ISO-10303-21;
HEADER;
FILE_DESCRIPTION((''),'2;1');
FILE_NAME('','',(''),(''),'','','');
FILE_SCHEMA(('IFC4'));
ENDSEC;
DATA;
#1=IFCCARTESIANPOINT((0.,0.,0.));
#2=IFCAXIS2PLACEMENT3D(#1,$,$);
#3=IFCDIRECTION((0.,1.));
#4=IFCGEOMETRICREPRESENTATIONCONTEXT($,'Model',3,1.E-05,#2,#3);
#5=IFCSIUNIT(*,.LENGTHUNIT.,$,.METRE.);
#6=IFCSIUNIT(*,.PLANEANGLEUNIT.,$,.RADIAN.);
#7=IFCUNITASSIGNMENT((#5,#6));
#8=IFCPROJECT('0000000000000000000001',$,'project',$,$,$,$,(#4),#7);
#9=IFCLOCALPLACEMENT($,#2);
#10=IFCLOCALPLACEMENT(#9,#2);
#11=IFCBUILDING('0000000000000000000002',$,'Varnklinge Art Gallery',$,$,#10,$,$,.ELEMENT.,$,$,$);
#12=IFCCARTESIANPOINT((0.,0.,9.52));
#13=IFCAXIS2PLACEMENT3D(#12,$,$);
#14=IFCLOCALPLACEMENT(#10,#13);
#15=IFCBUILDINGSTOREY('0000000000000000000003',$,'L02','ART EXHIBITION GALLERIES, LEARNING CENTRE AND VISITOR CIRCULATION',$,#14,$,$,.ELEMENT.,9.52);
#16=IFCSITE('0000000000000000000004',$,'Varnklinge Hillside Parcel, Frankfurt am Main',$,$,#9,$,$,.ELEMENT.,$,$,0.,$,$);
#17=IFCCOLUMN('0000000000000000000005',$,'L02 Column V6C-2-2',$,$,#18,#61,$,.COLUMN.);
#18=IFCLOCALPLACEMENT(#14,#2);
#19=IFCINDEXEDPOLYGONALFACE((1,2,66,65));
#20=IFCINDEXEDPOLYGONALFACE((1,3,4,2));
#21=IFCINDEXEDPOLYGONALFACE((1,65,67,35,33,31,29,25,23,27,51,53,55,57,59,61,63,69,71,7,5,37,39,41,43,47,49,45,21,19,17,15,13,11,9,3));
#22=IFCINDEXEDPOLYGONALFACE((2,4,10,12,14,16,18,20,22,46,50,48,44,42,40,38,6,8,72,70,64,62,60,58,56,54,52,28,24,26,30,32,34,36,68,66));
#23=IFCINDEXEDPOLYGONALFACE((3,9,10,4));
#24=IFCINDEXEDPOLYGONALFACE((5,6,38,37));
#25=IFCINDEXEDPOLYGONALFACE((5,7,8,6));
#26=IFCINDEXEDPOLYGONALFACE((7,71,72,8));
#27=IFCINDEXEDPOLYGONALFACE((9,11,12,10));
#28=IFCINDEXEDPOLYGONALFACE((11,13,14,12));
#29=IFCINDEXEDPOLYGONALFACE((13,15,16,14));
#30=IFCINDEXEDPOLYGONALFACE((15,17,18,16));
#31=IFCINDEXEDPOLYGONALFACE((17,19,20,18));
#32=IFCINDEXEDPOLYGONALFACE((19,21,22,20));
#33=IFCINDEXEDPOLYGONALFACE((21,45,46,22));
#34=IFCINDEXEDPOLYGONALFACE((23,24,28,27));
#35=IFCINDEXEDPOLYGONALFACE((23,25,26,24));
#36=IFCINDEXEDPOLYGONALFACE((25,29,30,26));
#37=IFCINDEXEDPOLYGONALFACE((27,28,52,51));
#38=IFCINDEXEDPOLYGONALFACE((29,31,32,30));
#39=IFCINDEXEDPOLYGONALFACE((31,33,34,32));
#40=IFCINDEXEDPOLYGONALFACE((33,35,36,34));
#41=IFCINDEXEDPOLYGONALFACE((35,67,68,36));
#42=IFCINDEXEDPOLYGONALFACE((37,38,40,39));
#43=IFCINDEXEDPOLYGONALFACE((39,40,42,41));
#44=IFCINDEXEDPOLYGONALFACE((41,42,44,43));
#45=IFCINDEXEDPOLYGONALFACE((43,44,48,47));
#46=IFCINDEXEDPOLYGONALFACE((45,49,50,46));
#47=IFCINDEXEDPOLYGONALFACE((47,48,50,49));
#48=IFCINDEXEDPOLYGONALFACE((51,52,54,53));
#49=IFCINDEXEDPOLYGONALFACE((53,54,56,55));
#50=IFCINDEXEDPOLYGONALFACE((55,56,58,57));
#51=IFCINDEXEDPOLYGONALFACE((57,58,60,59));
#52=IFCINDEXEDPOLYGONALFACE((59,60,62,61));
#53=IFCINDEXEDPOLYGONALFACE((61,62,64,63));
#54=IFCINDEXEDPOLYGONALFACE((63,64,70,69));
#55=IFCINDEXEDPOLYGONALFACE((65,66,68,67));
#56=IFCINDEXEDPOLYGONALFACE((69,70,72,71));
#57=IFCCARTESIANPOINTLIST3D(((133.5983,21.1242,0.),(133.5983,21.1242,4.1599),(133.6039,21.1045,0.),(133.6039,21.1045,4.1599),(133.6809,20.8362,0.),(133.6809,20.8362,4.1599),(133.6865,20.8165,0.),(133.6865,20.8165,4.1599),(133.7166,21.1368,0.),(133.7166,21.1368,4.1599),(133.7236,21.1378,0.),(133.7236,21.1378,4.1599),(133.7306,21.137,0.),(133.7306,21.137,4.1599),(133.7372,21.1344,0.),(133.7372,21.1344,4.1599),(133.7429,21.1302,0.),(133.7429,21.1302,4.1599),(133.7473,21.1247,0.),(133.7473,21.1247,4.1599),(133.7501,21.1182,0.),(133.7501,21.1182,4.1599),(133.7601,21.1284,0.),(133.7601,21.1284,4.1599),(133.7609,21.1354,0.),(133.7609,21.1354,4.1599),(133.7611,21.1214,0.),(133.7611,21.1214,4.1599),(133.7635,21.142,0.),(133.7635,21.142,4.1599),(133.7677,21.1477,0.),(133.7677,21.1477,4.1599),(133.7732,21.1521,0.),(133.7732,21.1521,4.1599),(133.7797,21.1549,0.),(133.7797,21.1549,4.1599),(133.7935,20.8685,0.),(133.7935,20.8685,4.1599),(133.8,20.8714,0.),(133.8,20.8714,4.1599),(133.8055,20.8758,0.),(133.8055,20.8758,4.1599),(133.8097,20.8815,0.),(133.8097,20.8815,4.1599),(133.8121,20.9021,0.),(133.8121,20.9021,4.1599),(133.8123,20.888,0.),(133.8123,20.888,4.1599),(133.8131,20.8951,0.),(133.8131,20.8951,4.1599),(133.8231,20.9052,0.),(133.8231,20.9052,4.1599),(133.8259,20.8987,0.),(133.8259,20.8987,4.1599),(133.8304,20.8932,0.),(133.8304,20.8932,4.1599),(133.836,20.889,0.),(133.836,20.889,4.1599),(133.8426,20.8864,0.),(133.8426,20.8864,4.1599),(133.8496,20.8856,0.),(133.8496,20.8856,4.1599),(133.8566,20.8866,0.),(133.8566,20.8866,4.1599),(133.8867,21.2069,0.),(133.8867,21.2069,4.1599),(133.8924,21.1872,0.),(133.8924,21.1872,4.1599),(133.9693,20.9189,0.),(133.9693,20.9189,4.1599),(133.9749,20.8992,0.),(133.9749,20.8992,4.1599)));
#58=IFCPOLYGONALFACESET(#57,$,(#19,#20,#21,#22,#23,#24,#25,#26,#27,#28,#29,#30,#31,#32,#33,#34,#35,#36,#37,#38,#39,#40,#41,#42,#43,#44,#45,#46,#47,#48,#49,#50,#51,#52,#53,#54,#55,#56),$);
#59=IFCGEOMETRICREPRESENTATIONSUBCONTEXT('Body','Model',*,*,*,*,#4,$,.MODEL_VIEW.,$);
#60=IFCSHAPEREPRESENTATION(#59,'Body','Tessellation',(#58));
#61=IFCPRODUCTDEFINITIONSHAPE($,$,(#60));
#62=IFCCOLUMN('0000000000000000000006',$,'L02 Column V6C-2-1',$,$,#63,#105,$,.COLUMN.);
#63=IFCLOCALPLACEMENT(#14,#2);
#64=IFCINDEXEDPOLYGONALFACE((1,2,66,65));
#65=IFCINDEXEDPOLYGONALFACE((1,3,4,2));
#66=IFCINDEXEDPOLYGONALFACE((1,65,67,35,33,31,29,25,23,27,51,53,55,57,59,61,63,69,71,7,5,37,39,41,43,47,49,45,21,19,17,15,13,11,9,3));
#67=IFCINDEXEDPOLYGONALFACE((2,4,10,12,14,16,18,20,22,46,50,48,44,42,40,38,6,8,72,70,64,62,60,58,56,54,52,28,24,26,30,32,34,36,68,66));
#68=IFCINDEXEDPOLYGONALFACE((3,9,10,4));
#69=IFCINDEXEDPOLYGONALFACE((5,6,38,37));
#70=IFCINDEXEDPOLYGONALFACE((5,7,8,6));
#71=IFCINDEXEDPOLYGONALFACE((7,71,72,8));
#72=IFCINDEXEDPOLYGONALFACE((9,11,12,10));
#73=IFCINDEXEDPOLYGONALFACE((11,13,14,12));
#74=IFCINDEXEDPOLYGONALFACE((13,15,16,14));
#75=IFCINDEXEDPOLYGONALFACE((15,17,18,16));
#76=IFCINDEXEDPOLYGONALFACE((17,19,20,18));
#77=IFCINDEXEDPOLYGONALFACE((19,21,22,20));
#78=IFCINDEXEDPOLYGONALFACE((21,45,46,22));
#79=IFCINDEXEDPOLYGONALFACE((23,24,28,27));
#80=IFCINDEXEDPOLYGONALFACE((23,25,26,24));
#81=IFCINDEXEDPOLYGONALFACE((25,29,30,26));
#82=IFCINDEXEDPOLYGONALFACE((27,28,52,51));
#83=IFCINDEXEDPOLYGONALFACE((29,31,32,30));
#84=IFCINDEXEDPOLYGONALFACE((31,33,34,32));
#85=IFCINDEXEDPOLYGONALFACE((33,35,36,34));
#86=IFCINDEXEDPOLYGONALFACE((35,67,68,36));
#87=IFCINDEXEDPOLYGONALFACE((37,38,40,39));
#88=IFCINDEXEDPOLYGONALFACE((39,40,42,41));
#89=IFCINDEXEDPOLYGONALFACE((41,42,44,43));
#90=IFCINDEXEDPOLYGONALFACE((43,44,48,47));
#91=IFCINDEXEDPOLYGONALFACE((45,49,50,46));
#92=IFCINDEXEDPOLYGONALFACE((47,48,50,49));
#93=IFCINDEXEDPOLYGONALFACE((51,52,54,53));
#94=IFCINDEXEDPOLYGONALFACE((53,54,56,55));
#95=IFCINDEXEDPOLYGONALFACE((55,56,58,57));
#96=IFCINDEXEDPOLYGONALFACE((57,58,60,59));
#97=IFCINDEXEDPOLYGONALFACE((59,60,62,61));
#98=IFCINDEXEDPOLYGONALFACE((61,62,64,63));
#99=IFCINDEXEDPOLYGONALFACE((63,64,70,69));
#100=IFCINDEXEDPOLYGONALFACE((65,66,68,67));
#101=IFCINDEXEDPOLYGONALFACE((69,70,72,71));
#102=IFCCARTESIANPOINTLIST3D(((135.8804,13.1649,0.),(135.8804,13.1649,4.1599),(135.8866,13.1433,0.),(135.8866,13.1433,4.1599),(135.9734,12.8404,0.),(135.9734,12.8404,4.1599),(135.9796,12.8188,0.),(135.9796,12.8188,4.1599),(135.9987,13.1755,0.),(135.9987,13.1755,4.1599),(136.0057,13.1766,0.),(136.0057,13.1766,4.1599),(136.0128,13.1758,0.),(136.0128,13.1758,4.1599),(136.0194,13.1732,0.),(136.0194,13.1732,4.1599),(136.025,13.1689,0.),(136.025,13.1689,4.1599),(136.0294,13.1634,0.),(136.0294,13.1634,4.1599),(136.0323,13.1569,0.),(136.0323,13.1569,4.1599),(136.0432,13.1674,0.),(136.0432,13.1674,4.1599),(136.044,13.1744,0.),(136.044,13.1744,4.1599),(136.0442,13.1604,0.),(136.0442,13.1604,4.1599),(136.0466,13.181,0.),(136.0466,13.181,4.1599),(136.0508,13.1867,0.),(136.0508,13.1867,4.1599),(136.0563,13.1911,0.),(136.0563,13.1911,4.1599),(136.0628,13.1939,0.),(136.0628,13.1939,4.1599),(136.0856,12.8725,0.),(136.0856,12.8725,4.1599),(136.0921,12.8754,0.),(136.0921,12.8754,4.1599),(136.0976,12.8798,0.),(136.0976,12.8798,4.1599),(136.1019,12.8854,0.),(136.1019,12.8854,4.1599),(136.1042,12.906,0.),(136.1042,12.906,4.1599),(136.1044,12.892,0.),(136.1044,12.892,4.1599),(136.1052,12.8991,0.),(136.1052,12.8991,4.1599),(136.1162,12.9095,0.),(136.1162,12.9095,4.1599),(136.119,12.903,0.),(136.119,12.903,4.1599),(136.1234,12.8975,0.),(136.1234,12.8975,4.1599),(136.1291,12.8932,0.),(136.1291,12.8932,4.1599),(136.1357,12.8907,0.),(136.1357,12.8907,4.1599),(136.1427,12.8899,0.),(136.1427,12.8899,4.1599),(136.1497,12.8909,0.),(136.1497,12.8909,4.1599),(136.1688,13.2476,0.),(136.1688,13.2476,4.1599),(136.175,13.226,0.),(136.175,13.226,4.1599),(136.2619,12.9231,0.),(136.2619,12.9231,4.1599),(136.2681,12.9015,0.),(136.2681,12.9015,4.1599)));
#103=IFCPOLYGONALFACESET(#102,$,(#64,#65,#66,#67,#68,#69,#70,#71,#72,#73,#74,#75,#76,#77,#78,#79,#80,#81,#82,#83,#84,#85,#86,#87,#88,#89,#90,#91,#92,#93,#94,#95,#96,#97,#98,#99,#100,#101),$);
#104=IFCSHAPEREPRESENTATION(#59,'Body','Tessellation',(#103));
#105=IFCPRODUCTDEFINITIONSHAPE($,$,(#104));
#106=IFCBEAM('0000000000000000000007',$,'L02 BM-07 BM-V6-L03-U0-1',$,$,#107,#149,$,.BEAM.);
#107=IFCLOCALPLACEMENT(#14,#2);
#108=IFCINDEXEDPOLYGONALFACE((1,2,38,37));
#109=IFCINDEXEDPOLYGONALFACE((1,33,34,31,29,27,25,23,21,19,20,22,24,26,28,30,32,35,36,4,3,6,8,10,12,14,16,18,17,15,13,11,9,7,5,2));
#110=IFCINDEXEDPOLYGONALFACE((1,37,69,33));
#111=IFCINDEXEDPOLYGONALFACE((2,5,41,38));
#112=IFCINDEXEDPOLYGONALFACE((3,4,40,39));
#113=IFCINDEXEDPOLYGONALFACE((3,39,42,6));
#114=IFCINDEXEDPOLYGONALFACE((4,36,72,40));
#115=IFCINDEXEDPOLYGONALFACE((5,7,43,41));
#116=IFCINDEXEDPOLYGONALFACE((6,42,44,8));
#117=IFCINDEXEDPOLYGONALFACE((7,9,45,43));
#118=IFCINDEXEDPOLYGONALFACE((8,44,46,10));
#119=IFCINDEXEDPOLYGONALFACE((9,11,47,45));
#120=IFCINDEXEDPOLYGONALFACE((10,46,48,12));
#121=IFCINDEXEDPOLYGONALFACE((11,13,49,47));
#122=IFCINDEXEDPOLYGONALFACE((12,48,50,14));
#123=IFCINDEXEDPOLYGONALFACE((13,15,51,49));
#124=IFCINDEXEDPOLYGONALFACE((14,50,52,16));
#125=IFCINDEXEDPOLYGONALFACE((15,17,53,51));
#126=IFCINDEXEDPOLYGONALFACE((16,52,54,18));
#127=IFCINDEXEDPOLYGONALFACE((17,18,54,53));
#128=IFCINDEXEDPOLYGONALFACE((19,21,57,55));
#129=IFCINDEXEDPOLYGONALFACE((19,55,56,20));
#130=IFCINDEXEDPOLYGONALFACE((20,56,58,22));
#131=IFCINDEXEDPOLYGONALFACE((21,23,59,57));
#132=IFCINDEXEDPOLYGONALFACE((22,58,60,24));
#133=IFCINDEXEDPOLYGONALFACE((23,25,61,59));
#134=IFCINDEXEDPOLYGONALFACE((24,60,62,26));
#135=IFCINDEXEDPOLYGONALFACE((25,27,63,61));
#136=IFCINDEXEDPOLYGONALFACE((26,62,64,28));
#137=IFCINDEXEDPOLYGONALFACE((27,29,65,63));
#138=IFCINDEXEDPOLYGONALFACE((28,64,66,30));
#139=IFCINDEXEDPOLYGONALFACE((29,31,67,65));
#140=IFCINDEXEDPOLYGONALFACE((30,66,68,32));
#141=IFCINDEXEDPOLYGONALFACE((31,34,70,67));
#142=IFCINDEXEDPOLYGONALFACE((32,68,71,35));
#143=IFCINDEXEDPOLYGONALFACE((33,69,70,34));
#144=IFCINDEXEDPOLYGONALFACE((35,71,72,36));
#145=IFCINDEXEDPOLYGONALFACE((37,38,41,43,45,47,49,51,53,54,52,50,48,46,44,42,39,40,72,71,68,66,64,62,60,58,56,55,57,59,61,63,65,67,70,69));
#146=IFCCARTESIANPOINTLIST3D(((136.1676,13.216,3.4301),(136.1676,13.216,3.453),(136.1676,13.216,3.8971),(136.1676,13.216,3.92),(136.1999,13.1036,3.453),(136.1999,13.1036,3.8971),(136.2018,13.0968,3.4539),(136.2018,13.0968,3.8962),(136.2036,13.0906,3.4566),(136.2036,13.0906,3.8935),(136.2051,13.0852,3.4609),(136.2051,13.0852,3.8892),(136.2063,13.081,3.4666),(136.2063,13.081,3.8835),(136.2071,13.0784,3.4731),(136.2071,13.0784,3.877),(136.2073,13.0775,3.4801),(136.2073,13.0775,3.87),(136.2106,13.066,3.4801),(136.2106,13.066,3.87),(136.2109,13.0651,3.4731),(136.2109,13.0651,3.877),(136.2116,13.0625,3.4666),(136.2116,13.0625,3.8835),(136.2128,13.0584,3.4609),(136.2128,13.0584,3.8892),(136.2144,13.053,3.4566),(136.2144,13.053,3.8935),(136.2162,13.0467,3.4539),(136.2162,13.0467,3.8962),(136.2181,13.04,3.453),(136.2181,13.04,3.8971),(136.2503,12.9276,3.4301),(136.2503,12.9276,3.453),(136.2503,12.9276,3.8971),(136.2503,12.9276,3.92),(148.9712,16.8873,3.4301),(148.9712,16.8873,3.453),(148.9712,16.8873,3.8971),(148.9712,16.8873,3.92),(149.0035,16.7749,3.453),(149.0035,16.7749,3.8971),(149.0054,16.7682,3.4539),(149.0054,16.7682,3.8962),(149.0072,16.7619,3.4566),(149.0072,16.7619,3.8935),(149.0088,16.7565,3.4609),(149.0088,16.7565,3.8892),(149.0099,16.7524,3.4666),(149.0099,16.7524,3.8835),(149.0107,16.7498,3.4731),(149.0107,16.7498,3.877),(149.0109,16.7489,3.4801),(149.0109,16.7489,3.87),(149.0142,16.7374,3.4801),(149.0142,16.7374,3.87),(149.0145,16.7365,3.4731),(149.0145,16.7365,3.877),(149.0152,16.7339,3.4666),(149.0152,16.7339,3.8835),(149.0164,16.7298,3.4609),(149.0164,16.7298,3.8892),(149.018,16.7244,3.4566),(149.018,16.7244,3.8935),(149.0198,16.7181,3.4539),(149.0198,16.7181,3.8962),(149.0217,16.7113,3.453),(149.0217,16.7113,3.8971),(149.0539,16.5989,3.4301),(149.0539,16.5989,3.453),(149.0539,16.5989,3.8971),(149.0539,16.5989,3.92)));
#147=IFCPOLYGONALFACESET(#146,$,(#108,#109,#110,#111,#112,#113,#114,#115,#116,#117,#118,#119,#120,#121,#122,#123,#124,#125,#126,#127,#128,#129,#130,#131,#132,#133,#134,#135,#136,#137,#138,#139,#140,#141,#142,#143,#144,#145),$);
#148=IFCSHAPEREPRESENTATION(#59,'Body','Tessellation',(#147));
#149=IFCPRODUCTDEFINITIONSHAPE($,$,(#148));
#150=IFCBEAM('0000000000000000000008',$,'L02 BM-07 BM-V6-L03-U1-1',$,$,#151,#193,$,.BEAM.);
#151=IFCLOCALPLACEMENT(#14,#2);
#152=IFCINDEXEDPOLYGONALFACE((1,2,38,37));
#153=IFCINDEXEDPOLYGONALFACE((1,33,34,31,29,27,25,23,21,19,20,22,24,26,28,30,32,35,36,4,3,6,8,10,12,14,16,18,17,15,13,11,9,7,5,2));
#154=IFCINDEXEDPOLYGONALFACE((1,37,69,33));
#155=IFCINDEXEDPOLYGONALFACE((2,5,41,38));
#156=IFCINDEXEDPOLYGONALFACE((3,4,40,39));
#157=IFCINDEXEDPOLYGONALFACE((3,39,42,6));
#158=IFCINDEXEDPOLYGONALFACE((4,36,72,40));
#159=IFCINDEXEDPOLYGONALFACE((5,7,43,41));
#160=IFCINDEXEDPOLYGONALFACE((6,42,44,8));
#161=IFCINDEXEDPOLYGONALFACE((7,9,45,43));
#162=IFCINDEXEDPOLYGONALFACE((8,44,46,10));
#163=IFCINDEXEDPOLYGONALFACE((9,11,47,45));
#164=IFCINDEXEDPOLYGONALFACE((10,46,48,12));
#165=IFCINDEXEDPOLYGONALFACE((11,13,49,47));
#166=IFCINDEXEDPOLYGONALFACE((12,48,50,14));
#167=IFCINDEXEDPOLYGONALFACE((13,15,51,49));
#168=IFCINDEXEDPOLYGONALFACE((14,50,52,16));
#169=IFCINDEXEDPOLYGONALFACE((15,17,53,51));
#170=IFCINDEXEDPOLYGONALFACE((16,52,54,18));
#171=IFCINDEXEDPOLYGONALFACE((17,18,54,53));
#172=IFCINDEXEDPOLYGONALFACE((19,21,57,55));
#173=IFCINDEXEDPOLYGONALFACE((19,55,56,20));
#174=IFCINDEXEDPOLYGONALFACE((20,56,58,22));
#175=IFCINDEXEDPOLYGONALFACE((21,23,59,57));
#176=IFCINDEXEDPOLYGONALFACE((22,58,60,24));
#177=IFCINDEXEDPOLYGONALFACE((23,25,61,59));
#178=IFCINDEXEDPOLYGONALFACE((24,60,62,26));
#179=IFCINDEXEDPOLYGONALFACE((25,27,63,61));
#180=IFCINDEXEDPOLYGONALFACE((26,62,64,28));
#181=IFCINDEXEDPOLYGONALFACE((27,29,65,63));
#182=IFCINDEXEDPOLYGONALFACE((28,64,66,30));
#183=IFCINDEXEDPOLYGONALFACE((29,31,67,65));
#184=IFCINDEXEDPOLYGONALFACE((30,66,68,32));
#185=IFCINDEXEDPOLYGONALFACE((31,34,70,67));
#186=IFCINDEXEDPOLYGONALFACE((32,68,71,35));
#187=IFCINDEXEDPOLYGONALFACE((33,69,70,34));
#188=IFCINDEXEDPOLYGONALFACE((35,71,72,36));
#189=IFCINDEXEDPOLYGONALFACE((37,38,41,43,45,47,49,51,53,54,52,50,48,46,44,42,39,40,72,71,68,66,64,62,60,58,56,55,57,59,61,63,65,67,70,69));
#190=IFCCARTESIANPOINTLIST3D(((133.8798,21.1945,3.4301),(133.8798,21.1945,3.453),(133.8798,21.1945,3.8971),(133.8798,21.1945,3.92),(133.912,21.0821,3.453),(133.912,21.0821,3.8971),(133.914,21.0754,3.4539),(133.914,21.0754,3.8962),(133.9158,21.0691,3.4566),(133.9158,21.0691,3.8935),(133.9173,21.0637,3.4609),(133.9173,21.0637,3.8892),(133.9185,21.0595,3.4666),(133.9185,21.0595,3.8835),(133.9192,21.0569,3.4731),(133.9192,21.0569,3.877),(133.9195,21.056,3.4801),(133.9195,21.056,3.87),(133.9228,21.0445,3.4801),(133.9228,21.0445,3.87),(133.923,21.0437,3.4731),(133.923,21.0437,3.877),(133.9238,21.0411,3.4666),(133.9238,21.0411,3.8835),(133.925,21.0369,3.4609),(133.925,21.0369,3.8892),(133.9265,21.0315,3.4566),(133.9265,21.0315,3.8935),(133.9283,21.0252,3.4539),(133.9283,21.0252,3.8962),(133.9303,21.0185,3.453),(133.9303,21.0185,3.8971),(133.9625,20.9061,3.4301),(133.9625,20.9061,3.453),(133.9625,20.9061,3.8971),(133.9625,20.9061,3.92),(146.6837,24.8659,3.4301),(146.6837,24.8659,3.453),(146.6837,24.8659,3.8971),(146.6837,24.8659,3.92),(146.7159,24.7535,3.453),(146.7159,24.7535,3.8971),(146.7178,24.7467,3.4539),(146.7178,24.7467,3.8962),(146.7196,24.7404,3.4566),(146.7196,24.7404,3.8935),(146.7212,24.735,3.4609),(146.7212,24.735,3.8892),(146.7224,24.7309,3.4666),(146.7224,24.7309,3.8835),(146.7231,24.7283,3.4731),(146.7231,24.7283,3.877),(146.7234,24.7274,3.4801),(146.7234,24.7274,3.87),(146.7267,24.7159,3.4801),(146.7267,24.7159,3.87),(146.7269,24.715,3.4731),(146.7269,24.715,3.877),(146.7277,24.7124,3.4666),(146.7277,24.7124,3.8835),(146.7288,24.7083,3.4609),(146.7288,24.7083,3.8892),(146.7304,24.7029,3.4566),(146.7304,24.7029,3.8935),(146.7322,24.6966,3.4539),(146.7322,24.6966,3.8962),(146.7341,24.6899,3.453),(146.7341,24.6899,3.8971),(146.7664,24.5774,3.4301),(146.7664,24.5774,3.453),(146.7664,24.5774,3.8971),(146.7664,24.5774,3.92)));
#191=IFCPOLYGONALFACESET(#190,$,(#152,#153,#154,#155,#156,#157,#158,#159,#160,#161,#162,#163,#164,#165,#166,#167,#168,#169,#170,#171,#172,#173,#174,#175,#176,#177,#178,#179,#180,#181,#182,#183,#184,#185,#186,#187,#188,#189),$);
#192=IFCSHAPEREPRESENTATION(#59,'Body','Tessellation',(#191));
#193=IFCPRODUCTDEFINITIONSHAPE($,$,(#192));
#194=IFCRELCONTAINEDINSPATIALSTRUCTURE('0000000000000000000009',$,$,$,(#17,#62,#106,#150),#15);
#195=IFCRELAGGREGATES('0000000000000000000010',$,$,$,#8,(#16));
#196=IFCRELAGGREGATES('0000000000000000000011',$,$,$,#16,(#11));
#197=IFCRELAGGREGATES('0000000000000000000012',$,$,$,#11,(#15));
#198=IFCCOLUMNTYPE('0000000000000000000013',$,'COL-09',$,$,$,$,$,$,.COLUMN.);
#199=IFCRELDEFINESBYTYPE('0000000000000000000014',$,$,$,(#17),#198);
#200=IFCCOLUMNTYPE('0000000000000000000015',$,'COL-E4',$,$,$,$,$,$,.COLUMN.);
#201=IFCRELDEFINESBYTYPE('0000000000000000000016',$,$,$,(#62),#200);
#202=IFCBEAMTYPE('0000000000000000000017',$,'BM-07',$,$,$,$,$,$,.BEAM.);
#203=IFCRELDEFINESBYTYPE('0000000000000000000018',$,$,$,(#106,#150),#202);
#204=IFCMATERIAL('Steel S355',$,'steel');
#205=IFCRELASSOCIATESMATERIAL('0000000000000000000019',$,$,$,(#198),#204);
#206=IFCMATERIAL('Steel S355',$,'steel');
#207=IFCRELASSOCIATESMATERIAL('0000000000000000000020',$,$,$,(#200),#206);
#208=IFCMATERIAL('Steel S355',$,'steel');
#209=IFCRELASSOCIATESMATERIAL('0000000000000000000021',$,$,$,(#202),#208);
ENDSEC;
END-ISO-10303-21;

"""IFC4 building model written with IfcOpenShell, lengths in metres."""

from ifc_helpers import new_model, si_unit, direction, frame, origin, origin_2d, place, context, subcontext, project, spatial, i_section, extrude, material, material_profile, profile_set, type_object, element, save


model = new_model("IFC4")

# Units and contexts
model_context = context("Model", 3, precision=1e-05, world=origin(), true_north=direction((0.0, 1.0)))
body_context = subcontext(model_context, "Body", "Model", "MODEL_VIEW")
ifc_project = project(units=[si_unit("LENGTHUNIT", "METRE"), si_unit("PLANEANGLEUNIT", "RADIAN")], contexts=[model_context])

# Site, building, storey
site_placement = place(None, origin())
site = spatial("IfcSite", under=ifc_project, at=site_placement, Name="Varnklinge Hillside Parcel, Frankfurt am Main", CompositionType="ELEMENT", RefElevation=0.0)
building_placement = place(site_placement, origin())
building = spatial("IfcBuilding", under=site, at=building_placement, Name="Varnklinge Art Gallery", CompositionType="ELEMENT")
storey_placement = place(building_placement, frame((0.0, 0.0, 9.52)))
storey = spatial("IfcBuildingStorey", under=building, at=storey_placement, Name="L02", Description="ART EXHIBITION GALLERIES, LEARNING CENTRE AND VISITOR CIRCULATION", CompositionType="ELEMENT", Elevation=9.52)

# Columns
ifc_material_1 = material(Name="Steel S355", Category="steel")
ifc_material_profile_1 = material_profile(ifc_material_1, i_section(OverallWidth=0.3, OverallDepth=0.3201, WebThickness=0.0115, FlangeThickness=0.0205, FilletRadius=0.0271, at=origin_2d()), Name="HEB 320")
ifc_profile_set_1 = profile_set([ifc_material_profile_1], Name="Steel S355")
column_type_1 = type_object("IfcColumnType", Name="COL-09", PredefinedType="COLUMN", material=ifc_profile_set_1)
column_1_placement = place(storey_placement, frame((133.7866, 21.0117, 0.0), z_axis=(0.0, 0.0, 1.0), x_axis=(0.961262, 0.275637, 0.0)))
element("IfcColumn", 1, at=column_1_placement, inside=storey, type_object=column_type_1, Name="L02 Column V6C-2-2", PredefinedType="COLUMN", context=body_context, shape_type="SweptSolid", body=[
    extrude(i_section(OverallWidth=0.3, OverallDepth=0.3201, WebThickness=0.0115, FlangeThickness=0.0205, FilletRadius=0.0271, at=origin_2d()), origin(), (0.0, 0.0, 1.0), 4.1599),
])
ifc_material_2 = material(Name="Steel S355", Category="steel")
ifc_material_profile_2 = material_profile(ifc_material_2, i_section(OverallWidth=0.3, OverallDepth=0.3601, WebThickness=0.0125, FlangeThickness=0.0225, FilletRadius=0.0271, at=origin_2d()), Name="HEB 360")
ifc_profile_set_2 = profile_set([ifc_material_profile_2], Name="Steel S355")
column_type_2 = type_object("IfcColumnType", Name="COL-E4", PredefinedType="COLUMN", material=ifc_profile_set_2)
column_2_placement = place(storey_placement, frame((136.0742, 13.0332, 0.0), z_axis=(0.0, 0.0, 1.0), x_axis=(0.961262, 0.275637, 0.0)))
element("IfcColumn", 2, at=column_2_placement, inside=storey, type_object=column_type_2, Name="L02 Column V6C-2-1", PredefinedType="COLUMN", context=body_context, shape_type="SweptSolid", body=[
    extrude(i_section(OverallWidth=0.3, OverallDepth=0.3601, WebThickness=0.0125, FlangeThickness=0.0225, FilletRadius=0.0271, at=origin_2d()), origin(), (0.0, 0.0, 1.0), 4.1599),
])

# Beams
ifc_material_3 = material(Name="Steel S355", Category="steel")
ifc_material_profile_3 = material_profile(ifc_material_3, i_section(OverallWidth=0.3, OverallDepth=0.49, WebThickness=0.012, FlangeThickness=0.0229, FilletRadius=0.0271, at=origin_2d()), Name="HEA 500")
ifc_profile_set_3 = profile_set([ifc_material_profile_3], Name="Steel S355")
beam_type_1 = type_object("IfcBeamType", Name="BM-07", PredefinedType="BEAM", material=ifc_profile_set_3)
beam_1_placement = place(storey_placement, frame((136.209, 13.0718, 3.675), z_axis=(0.961262, 0.275636, 0.0), x_axis=(-0.275636, 0.961262, 0.0)))
element("IfcBeam", 3, at=beam_1_placement, inside=storey, type_object=beam_type_1, Name="L02 BM-07 BM-V6-L03-U0-1", PredefinedType="BEAM", context=body_context, shape_type="SweptSolid", body=[
    extrude(i_section(OverallWidth=0.3, OverallDepth=0.49, WebThickness=0.012, FlangeThickness=0.0229, FilletRadius=0.0271, at=origin_2d()), origin(), (0.0, 0.0, 1.0), 13.3196),
])
beam_2_placement = place(storey_placement, frame((133.9211, 21.0503, 3.675), z_axis=(0.961263, 0.275631, 0.0), x_axis=(-0.275631, 0.961263, 0.0)))
element("IfcBeam", 4, at=beam_2_placement, inside=storey, type_object=beam_type_1, Name="L02 BM-07 BM-V6-L03-U1-1", PredefinedType="BEAM", context=body_context, shape_type="SweptSolid", body=[
    extrude(i_section(OverallWidth=0.3, OverallDepth=0.49, WebThickness=0.012, FlangeThickness=0.0229, FilletRadius=0.0271, at=origin_2d()), origin(), (0.0, 0.0, 1.0), 13.3198),
])

save(model, "model.ifc")
